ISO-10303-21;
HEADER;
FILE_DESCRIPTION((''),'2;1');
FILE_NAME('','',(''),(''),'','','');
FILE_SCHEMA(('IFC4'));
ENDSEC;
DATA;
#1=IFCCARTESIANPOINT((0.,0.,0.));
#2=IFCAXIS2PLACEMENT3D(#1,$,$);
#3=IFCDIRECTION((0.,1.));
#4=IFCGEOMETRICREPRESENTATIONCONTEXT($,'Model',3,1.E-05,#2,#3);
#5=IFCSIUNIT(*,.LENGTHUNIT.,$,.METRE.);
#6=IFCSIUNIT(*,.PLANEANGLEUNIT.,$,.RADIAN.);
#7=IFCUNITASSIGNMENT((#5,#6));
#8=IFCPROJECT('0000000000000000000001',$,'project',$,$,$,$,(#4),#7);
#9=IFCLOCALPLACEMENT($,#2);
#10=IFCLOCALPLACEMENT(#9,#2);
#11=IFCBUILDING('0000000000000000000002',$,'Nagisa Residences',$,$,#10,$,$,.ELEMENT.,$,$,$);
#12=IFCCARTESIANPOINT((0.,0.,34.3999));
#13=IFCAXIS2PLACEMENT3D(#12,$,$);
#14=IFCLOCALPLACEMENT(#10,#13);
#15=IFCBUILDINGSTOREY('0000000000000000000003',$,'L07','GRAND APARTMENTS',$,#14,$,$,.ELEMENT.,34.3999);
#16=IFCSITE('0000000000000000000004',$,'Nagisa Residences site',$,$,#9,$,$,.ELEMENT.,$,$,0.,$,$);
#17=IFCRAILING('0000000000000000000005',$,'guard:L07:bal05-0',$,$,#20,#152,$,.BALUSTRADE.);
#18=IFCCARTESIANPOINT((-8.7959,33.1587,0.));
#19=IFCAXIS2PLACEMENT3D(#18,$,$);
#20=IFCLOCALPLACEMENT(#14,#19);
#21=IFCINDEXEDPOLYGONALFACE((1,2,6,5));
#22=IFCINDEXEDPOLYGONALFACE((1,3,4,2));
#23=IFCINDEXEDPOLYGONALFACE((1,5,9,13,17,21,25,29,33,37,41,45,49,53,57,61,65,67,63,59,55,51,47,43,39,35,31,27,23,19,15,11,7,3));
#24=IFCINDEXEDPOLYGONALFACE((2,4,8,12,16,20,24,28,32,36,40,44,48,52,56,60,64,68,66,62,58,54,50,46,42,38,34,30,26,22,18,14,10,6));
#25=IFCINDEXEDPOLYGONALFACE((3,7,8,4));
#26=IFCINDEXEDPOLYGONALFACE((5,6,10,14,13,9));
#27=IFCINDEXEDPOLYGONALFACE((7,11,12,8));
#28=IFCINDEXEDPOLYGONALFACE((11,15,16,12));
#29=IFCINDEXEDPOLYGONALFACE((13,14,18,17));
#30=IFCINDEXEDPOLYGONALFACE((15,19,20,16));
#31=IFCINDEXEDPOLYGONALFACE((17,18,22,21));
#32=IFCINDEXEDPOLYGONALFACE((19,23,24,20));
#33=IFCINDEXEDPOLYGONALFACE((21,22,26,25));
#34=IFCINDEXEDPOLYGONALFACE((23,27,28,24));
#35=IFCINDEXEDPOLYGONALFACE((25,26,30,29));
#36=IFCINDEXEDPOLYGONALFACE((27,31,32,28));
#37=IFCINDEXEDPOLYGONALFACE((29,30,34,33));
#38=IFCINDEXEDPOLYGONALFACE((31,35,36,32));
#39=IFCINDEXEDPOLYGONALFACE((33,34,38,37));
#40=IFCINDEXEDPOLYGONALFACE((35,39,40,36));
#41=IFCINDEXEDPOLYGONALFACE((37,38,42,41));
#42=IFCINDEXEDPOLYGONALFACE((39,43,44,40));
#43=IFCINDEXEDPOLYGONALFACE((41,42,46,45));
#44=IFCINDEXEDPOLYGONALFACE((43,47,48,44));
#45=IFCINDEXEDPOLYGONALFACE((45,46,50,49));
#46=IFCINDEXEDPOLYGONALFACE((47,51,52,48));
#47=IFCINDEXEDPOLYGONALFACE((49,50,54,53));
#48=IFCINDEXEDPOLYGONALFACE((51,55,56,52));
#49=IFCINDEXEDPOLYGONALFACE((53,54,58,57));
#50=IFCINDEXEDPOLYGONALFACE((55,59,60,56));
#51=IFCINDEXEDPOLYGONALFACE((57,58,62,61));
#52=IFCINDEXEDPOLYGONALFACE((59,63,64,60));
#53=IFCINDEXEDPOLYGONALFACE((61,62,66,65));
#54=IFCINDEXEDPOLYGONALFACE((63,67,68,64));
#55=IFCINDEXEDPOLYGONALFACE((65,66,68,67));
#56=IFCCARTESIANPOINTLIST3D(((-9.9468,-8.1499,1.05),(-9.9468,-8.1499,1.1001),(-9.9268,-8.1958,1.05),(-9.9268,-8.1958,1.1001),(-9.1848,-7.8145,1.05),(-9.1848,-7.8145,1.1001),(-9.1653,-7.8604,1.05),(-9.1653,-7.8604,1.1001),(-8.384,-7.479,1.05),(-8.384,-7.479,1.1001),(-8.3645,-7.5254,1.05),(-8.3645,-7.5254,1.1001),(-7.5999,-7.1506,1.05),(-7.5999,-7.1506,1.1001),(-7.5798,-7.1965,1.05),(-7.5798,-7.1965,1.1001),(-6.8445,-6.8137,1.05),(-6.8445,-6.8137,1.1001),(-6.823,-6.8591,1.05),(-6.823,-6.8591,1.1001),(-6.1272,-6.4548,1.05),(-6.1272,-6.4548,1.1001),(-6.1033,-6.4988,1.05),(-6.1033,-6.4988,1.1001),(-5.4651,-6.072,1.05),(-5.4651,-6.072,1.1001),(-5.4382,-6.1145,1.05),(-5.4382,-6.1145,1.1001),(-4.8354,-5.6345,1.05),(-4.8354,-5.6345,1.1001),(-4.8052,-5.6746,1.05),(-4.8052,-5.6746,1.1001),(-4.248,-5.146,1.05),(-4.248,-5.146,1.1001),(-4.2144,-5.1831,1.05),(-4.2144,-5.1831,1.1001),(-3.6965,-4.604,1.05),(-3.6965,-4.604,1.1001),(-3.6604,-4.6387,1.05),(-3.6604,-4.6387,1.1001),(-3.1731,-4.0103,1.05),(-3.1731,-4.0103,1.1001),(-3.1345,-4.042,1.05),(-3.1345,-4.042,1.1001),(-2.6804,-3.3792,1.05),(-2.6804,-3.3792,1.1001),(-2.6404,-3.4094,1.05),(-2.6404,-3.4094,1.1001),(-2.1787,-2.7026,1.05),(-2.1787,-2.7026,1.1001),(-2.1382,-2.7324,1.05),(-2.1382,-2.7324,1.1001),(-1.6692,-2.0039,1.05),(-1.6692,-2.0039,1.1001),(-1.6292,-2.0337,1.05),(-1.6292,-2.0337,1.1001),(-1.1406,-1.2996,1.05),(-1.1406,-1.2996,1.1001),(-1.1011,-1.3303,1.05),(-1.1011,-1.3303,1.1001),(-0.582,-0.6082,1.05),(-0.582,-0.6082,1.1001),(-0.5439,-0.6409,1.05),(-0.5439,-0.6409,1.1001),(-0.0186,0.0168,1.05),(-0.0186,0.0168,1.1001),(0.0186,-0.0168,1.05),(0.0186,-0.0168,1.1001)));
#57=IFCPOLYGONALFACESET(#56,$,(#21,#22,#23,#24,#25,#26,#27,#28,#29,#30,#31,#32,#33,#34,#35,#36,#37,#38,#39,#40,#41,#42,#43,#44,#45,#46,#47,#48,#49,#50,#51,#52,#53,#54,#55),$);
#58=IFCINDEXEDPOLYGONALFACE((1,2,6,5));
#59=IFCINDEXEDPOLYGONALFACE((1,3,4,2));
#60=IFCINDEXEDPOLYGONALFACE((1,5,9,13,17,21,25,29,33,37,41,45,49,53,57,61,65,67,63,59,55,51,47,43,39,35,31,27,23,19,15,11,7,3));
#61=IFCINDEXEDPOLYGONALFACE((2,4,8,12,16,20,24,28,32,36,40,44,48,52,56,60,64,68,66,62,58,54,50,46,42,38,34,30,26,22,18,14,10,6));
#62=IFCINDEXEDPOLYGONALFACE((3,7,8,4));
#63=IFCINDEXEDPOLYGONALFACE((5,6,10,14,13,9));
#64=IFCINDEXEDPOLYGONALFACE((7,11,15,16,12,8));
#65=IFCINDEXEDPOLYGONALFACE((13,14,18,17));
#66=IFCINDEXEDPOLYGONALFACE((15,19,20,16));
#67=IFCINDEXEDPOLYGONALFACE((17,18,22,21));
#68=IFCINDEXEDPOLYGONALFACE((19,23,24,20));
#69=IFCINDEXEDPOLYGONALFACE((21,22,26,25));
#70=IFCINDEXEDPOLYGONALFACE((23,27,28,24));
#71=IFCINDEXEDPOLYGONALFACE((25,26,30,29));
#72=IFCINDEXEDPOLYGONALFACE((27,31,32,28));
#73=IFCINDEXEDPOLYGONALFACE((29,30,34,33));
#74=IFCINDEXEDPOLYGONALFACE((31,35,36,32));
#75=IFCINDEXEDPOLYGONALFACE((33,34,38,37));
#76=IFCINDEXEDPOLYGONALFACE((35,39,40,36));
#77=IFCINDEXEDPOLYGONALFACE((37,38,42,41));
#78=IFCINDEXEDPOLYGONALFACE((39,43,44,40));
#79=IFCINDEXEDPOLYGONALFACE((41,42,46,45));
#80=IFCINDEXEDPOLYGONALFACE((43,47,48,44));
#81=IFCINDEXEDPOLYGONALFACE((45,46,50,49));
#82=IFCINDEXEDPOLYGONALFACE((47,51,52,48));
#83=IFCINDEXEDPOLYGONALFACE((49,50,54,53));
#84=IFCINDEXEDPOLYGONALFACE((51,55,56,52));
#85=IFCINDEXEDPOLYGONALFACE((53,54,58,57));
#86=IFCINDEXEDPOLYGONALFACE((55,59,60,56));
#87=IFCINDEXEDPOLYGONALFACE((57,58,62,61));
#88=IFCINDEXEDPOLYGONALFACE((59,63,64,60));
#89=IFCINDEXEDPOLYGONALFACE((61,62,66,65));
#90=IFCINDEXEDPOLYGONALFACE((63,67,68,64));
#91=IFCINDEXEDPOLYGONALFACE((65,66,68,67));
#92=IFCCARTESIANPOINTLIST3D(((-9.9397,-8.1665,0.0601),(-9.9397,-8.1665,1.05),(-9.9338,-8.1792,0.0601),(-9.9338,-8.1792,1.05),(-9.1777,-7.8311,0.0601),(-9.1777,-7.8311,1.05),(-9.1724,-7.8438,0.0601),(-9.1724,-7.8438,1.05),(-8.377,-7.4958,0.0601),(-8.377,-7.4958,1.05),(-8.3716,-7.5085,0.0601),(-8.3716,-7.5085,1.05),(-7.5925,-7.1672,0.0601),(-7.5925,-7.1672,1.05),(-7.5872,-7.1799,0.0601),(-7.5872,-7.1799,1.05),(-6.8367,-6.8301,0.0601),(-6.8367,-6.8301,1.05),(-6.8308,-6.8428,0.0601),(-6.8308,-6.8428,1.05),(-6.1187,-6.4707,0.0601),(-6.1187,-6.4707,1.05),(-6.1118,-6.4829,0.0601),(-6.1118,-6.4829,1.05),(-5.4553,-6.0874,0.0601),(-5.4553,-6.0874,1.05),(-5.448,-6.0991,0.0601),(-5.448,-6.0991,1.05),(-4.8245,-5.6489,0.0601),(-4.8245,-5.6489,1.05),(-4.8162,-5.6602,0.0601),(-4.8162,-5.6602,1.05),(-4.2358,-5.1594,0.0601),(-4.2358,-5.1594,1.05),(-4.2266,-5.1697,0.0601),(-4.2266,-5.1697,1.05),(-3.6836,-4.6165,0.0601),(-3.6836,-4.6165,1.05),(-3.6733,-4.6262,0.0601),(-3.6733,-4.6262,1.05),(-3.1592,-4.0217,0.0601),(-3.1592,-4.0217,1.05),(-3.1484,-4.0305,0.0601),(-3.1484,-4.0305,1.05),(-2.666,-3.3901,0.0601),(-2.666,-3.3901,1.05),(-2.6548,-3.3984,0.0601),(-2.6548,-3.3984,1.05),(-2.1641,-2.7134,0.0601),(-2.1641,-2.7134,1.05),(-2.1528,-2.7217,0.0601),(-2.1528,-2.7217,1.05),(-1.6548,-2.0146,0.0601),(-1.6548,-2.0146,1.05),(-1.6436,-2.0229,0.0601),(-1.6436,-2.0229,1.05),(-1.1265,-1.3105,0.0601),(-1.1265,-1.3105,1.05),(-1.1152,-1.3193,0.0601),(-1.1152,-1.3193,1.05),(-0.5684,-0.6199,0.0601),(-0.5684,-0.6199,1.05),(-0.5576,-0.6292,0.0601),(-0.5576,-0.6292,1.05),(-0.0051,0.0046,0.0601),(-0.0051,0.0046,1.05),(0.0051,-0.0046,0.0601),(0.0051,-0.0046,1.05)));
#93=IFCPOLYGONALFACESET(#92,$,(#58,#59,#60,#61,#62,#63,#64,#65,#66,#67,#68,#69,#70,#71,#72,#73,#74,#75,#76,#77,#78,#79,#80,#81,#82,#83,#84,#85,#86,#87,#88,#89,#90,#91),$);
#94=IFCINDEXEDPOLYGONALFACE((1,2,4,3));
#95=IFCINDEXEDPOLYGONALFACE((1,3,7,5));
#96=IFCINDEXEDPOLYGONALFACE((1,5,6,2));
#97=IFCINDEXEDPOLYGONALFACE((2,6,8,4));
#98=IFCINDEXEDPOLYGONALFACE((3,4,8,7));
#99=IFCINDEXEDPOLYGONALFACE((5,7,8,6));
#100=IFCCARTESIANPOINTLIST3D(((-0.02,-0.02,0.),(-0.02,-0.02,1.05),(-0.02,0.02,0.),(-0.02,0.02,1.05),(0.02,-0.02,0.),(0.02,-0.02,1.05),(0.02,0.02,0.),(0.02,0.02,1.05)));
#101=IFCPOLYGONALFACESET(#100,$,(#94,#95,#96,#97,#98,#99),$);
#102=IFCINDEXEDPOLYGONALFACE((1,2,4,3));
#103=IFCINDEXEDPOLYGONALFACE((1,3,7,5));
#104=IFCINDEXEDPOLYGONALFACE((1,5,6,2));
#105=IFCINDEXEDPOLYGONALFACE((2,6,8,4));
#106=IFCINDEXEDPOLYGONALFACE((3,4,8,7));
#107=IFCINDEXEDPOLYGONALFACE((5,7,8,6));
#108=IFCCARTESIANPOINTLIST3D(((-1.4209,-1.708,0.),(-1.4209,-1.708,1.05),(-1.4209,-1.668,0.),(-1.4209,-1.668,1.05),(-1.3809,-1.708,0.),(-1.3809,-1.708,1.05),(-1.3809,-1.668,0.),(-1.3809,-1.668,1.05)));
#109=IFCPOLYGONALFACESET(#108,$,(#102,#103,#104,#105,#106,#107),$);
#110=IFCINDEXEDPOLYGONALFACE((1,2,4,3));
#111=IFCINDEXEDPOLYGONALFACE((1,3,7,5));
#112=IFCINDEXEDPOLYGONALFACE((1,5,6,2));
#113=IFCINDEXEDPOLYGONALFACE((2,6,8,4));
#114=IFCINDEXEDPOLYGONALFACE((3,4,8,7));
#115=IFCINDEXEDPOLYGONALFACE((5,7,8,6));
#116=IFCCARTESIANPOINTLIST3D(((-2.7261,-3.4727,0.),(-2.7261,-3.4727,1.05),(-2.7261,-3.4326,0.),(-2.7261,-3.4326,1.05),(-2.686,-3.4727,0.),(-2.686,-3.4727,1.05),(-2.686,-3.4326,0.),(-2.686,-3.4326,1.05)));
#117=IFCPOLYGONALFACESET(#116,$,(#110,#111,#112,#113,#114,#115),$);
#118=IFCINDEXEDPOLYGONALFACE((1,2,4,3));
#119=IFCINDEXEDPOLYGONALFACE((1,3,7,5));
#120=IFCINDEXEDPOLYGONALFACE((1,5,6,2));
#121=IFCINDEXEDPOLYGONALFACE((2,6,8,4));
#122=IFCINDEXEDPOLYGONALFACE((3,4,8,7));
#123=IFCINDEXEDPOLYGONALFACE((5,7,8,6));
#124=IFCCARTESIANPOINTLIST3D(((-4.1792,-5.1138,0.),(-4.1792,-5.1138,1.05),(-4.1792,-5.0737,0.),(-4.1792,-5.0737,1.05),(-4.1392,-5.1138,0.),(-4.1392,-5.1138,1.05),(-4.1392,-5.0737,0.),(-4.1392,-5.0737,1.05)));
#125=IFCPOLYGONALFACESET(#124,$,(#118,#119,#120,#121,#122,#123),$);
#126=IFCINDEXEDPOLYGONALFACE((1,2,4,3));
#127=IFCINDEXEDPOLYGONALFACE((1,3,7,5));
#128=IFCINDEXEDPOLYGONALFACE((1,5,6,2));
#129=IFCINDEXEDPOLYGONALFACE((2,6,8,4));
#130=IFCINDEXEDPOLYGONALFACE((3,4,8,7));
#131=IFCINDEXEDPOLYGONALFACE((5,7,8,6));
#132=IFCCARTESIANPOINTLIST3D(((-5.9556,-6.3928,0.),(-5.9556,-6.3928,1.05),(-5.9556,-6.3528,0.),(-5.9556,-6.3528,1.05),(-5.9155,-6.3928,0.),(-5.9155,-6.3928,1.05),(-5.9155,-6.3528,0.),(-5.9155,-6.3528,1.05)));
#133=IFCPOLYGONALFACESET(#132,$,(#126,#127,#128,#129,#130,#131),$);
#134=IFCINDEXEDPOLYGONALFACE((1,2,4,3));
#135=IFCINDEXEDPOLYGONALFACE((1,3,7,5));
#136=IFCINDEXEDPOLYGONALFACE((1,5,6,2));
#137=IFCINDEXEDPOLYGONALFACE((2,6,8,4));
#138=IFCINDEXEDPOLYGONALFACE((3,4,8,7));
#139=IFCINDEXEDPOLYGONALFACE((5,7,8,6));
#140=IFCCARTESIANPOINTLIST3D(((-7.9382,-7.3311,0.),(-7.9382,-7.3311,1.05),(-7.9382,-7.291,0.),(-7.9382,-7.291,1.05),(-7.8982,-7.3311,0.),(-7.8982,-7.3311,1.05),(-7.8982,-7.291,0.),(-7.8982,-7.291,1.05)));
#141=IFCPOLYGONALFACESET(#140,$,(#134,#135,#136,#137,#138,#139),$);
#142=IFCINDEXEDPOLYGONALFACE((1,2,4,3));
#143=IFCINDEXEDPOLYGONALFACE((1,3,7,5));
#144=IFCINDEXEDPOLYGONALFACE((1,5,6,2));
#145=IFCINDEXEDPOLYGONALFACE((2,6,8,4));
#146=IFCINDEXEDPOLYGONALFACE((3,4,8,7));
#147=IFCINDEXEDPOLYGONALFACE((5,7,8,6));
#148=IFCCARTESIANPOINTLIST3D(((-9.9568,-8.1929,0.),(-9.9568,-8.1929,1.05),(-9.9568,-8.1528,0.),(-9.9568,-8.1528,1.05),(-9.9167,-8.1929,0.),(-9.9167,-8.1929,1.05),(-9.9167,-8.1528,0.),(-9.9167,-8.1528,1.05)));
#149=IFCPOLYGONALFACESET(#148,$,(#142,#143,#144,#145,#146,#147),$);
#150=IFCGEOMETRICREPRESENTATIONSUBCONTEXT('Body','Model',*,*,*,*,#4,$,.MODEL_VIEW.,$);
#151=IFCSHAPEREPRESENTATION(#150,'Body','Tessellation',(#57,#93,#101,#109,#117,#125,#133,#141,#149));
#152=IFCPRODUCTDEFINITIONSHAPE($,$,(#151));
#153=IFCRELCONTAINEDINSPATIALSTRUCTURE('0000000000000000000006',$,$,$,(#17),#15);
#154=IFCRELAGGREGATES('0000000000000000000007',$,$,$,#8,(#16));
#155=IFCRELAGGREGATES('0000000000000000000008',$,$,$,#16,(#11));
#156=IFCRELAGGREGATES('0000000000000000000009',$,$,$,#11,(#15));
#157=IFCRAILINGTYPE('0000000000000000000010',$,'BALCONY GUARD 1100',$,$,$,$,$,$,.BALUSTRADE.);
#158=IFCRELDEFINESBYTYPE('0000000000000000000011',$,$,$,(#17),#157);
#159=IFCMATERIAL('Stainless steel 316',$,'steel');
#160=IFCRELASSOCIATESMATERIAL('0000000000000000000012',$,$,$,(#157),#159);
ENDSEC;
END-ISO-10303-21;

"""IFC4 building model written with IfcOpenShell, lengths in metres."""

from ifc_helpers import new_model, si_unit, direction, frame, origin, origin_2d, place, context, subcontext, project, spatial, polyline, rectangle, outline, extrude, material, type_object, element, save


model = new_model("IFC4")

# Units and contexts
model_context = context("Model", 3, precision=1e-05, world=origin(), true_north=direction((0.0, 1.0)))
body_context = subcontext(model_context, "Body", "Model", "MODEL_VIEW")
ifc_project = project(units=[si_unit("LENGTHUNIT", "METRE"), si_unit("PLANEANGLEUNIT", "RADIAN")], contexts=[model_context])

# Site, building, storey
site_placement = place(None, origin())
site = spatial("IfcSite", under=ifc_project, at=site_placement, Name="Nagisa Residences site", CompositionType="ELEMENT", RefElevation=0.0)
building_placement = place(site_placement, origin())
building = spatial("IfcBuilding", under=site, at=building_placement, Name="Nagisa Residences", CompositionType="ELEMENT")
storey_placement = place(building_placement, frame((0.0, 0.0, 34.3999)))
storey = spatial("IfcBuildingStorey", under=building, at=storey_placement, Name="L07", Description="GRAND APARTMENTS", CompositionType="ELEMENT", Elevation=34.3999)

# Railing
ifc_material_1 = material(Name="Stainless steel 316", Category="steel")
railing_type = type_object("IfcRailingType", Name="BALCONY GUARD 1100", PredefinedType="BALUSTRADE", material=ifc_material_1)
railing_placement = place(storey_placement, frame((-8.7959, 33.1587, 0.0)))
element("IfcRailing", 1, at=railing_placement, inside=storey, type_object=railing_type, Name="guard:L07:bal05-0", PredefinedType="BALUSTRADE", context=body_context, shape_type="SweptSolid", body=[
    extrude(outline(polyline([(-0.5439, -0.6409), (0.0186, -0.0168), (-0.0186, 0.0168), (-0.582, -0.6082), (-1.1406, -1.2996), (-1.6692, -2.0039), (-2.1787, -2.7026), (-2.6804, -3.3792), (-3.1731, -4.0103), (-3.6965, -4.604), (-4.248, -5.146), (-4.8354, -5.6345), (-5.4651, -6.072), (-6.1272, -6.4548), (-6.8445, -6.8137), (-7.5999, -7.1506), (-8.384, -7.479), (-9.1848, -7.8145), (-9.9468, -8.1499), (-9.9268, -8.1958), (-9.1653, -7.8604), (-8.3645, -7.5254), (-7.5798, -7.1965), (-6.823, -6.8591), (-6.1033, -6.4988), (-5.4382, -6.1145), (-4.8052, -5.6746), (-4.2144, -5.1831), (-3.6604, -4.6387), (-3.1345, -4.042), (-2.6404, -3.4094), (-2.1382, -2.7324), (-1.6292, -2.0337), (-1.1011, -1.3303), (-0.5439, -0.6409)])), frame((0.0, 0.0, 1.05)), (0.0, 0.0, 1.0), 0.05),
    extrude(outline(polyline([(-0.5576, -0.6292), (0.0051, -0.0046), (-0.0051, 0.0046), (-0.5684, -0.6199), (-1.1265, -1.3105), (-1.6548, -2.0146), (-2.1641, -2.7134), (-2.666, -3.3901), (-3.1592, -4.0217), (-3.6836, -4.6165), (-4.2358, -5.1594), (-4.8245, -5.6489), (-5.4553, -6.0874), (-6.1187, -6.4707), (-6.8367, -6.8301), (-7.5925, -7.1672), (-8.377, -7.4958), (-9.1777, -7.8311), (-9.9397, -8.1665), (-9.9338, -8.1792), (-9.1724, -7.8438), (-8.3716, -7.5085), (-7.5872, -7.1799), (-6.8308, -6.8428), (-6.1118, -6.4829), (-5.448, -6.0991), (-4.8162, -5.6602), (-4.2266, -5.1697), (-3.6733, -4.6262), (-3.1484, -4.0305), (-2.6548, -3.3984), (-2.1528, -2.7217), (-1.6436, -2.0229), (-1.1152, -1.3193), (-0.5576, -0.6292)])), frame((0.0, 0.0, 0.0601)), (0.0, 0.0, 1.0), 0.99),
    extrude(rectangle(XDim=0.04, YDim=0.04, at=origin_2d()), origin(), (0.0, 0.0, 1.0), 1.05),
    extrude(rectangle(XDim=0.04, YDim=0.04, at=origin_2d()), frame((-1.4009, -1.688, 0.0)), (0.0, 0.0, 1.0), 1.05),
    extrude(rectangle(XDim=0.04, YDim=0.04, at=origin_2d()), frame((-2.7061, -3.4526, 0.0)), (0.0, 0.0, 1.0), 1.05),
    extrude(rectangle(XDim=0.04, YDim=0.04, at=origin_2d()), frame((-4.1592, -5.0938, 0.0)), (0.0, 0.0, 1.0), 1.05),
    extrude(rectangle(XDim=0.04, YDim=0.04, at=origin_2d()), frame((-5.9355, -6.3728, 0.0)), (0.0, 0.0, 1.0), 1.05),
    extrude(rectangle(XDim=0.04, YDim=0.04, at=origin_2d()), frame((-7.9182, -7.311, 0.0)), (0.0, 0.0, 1.0), 1.05),
    extrude(rectangle(XDim=0.04, YDim=0.04, at=origin_2d()), frame((-9.9368, -8.1729, 0.0)), (0.0, 0.0, 1.0), 1.05),
])

save(model, "model.ifc")
